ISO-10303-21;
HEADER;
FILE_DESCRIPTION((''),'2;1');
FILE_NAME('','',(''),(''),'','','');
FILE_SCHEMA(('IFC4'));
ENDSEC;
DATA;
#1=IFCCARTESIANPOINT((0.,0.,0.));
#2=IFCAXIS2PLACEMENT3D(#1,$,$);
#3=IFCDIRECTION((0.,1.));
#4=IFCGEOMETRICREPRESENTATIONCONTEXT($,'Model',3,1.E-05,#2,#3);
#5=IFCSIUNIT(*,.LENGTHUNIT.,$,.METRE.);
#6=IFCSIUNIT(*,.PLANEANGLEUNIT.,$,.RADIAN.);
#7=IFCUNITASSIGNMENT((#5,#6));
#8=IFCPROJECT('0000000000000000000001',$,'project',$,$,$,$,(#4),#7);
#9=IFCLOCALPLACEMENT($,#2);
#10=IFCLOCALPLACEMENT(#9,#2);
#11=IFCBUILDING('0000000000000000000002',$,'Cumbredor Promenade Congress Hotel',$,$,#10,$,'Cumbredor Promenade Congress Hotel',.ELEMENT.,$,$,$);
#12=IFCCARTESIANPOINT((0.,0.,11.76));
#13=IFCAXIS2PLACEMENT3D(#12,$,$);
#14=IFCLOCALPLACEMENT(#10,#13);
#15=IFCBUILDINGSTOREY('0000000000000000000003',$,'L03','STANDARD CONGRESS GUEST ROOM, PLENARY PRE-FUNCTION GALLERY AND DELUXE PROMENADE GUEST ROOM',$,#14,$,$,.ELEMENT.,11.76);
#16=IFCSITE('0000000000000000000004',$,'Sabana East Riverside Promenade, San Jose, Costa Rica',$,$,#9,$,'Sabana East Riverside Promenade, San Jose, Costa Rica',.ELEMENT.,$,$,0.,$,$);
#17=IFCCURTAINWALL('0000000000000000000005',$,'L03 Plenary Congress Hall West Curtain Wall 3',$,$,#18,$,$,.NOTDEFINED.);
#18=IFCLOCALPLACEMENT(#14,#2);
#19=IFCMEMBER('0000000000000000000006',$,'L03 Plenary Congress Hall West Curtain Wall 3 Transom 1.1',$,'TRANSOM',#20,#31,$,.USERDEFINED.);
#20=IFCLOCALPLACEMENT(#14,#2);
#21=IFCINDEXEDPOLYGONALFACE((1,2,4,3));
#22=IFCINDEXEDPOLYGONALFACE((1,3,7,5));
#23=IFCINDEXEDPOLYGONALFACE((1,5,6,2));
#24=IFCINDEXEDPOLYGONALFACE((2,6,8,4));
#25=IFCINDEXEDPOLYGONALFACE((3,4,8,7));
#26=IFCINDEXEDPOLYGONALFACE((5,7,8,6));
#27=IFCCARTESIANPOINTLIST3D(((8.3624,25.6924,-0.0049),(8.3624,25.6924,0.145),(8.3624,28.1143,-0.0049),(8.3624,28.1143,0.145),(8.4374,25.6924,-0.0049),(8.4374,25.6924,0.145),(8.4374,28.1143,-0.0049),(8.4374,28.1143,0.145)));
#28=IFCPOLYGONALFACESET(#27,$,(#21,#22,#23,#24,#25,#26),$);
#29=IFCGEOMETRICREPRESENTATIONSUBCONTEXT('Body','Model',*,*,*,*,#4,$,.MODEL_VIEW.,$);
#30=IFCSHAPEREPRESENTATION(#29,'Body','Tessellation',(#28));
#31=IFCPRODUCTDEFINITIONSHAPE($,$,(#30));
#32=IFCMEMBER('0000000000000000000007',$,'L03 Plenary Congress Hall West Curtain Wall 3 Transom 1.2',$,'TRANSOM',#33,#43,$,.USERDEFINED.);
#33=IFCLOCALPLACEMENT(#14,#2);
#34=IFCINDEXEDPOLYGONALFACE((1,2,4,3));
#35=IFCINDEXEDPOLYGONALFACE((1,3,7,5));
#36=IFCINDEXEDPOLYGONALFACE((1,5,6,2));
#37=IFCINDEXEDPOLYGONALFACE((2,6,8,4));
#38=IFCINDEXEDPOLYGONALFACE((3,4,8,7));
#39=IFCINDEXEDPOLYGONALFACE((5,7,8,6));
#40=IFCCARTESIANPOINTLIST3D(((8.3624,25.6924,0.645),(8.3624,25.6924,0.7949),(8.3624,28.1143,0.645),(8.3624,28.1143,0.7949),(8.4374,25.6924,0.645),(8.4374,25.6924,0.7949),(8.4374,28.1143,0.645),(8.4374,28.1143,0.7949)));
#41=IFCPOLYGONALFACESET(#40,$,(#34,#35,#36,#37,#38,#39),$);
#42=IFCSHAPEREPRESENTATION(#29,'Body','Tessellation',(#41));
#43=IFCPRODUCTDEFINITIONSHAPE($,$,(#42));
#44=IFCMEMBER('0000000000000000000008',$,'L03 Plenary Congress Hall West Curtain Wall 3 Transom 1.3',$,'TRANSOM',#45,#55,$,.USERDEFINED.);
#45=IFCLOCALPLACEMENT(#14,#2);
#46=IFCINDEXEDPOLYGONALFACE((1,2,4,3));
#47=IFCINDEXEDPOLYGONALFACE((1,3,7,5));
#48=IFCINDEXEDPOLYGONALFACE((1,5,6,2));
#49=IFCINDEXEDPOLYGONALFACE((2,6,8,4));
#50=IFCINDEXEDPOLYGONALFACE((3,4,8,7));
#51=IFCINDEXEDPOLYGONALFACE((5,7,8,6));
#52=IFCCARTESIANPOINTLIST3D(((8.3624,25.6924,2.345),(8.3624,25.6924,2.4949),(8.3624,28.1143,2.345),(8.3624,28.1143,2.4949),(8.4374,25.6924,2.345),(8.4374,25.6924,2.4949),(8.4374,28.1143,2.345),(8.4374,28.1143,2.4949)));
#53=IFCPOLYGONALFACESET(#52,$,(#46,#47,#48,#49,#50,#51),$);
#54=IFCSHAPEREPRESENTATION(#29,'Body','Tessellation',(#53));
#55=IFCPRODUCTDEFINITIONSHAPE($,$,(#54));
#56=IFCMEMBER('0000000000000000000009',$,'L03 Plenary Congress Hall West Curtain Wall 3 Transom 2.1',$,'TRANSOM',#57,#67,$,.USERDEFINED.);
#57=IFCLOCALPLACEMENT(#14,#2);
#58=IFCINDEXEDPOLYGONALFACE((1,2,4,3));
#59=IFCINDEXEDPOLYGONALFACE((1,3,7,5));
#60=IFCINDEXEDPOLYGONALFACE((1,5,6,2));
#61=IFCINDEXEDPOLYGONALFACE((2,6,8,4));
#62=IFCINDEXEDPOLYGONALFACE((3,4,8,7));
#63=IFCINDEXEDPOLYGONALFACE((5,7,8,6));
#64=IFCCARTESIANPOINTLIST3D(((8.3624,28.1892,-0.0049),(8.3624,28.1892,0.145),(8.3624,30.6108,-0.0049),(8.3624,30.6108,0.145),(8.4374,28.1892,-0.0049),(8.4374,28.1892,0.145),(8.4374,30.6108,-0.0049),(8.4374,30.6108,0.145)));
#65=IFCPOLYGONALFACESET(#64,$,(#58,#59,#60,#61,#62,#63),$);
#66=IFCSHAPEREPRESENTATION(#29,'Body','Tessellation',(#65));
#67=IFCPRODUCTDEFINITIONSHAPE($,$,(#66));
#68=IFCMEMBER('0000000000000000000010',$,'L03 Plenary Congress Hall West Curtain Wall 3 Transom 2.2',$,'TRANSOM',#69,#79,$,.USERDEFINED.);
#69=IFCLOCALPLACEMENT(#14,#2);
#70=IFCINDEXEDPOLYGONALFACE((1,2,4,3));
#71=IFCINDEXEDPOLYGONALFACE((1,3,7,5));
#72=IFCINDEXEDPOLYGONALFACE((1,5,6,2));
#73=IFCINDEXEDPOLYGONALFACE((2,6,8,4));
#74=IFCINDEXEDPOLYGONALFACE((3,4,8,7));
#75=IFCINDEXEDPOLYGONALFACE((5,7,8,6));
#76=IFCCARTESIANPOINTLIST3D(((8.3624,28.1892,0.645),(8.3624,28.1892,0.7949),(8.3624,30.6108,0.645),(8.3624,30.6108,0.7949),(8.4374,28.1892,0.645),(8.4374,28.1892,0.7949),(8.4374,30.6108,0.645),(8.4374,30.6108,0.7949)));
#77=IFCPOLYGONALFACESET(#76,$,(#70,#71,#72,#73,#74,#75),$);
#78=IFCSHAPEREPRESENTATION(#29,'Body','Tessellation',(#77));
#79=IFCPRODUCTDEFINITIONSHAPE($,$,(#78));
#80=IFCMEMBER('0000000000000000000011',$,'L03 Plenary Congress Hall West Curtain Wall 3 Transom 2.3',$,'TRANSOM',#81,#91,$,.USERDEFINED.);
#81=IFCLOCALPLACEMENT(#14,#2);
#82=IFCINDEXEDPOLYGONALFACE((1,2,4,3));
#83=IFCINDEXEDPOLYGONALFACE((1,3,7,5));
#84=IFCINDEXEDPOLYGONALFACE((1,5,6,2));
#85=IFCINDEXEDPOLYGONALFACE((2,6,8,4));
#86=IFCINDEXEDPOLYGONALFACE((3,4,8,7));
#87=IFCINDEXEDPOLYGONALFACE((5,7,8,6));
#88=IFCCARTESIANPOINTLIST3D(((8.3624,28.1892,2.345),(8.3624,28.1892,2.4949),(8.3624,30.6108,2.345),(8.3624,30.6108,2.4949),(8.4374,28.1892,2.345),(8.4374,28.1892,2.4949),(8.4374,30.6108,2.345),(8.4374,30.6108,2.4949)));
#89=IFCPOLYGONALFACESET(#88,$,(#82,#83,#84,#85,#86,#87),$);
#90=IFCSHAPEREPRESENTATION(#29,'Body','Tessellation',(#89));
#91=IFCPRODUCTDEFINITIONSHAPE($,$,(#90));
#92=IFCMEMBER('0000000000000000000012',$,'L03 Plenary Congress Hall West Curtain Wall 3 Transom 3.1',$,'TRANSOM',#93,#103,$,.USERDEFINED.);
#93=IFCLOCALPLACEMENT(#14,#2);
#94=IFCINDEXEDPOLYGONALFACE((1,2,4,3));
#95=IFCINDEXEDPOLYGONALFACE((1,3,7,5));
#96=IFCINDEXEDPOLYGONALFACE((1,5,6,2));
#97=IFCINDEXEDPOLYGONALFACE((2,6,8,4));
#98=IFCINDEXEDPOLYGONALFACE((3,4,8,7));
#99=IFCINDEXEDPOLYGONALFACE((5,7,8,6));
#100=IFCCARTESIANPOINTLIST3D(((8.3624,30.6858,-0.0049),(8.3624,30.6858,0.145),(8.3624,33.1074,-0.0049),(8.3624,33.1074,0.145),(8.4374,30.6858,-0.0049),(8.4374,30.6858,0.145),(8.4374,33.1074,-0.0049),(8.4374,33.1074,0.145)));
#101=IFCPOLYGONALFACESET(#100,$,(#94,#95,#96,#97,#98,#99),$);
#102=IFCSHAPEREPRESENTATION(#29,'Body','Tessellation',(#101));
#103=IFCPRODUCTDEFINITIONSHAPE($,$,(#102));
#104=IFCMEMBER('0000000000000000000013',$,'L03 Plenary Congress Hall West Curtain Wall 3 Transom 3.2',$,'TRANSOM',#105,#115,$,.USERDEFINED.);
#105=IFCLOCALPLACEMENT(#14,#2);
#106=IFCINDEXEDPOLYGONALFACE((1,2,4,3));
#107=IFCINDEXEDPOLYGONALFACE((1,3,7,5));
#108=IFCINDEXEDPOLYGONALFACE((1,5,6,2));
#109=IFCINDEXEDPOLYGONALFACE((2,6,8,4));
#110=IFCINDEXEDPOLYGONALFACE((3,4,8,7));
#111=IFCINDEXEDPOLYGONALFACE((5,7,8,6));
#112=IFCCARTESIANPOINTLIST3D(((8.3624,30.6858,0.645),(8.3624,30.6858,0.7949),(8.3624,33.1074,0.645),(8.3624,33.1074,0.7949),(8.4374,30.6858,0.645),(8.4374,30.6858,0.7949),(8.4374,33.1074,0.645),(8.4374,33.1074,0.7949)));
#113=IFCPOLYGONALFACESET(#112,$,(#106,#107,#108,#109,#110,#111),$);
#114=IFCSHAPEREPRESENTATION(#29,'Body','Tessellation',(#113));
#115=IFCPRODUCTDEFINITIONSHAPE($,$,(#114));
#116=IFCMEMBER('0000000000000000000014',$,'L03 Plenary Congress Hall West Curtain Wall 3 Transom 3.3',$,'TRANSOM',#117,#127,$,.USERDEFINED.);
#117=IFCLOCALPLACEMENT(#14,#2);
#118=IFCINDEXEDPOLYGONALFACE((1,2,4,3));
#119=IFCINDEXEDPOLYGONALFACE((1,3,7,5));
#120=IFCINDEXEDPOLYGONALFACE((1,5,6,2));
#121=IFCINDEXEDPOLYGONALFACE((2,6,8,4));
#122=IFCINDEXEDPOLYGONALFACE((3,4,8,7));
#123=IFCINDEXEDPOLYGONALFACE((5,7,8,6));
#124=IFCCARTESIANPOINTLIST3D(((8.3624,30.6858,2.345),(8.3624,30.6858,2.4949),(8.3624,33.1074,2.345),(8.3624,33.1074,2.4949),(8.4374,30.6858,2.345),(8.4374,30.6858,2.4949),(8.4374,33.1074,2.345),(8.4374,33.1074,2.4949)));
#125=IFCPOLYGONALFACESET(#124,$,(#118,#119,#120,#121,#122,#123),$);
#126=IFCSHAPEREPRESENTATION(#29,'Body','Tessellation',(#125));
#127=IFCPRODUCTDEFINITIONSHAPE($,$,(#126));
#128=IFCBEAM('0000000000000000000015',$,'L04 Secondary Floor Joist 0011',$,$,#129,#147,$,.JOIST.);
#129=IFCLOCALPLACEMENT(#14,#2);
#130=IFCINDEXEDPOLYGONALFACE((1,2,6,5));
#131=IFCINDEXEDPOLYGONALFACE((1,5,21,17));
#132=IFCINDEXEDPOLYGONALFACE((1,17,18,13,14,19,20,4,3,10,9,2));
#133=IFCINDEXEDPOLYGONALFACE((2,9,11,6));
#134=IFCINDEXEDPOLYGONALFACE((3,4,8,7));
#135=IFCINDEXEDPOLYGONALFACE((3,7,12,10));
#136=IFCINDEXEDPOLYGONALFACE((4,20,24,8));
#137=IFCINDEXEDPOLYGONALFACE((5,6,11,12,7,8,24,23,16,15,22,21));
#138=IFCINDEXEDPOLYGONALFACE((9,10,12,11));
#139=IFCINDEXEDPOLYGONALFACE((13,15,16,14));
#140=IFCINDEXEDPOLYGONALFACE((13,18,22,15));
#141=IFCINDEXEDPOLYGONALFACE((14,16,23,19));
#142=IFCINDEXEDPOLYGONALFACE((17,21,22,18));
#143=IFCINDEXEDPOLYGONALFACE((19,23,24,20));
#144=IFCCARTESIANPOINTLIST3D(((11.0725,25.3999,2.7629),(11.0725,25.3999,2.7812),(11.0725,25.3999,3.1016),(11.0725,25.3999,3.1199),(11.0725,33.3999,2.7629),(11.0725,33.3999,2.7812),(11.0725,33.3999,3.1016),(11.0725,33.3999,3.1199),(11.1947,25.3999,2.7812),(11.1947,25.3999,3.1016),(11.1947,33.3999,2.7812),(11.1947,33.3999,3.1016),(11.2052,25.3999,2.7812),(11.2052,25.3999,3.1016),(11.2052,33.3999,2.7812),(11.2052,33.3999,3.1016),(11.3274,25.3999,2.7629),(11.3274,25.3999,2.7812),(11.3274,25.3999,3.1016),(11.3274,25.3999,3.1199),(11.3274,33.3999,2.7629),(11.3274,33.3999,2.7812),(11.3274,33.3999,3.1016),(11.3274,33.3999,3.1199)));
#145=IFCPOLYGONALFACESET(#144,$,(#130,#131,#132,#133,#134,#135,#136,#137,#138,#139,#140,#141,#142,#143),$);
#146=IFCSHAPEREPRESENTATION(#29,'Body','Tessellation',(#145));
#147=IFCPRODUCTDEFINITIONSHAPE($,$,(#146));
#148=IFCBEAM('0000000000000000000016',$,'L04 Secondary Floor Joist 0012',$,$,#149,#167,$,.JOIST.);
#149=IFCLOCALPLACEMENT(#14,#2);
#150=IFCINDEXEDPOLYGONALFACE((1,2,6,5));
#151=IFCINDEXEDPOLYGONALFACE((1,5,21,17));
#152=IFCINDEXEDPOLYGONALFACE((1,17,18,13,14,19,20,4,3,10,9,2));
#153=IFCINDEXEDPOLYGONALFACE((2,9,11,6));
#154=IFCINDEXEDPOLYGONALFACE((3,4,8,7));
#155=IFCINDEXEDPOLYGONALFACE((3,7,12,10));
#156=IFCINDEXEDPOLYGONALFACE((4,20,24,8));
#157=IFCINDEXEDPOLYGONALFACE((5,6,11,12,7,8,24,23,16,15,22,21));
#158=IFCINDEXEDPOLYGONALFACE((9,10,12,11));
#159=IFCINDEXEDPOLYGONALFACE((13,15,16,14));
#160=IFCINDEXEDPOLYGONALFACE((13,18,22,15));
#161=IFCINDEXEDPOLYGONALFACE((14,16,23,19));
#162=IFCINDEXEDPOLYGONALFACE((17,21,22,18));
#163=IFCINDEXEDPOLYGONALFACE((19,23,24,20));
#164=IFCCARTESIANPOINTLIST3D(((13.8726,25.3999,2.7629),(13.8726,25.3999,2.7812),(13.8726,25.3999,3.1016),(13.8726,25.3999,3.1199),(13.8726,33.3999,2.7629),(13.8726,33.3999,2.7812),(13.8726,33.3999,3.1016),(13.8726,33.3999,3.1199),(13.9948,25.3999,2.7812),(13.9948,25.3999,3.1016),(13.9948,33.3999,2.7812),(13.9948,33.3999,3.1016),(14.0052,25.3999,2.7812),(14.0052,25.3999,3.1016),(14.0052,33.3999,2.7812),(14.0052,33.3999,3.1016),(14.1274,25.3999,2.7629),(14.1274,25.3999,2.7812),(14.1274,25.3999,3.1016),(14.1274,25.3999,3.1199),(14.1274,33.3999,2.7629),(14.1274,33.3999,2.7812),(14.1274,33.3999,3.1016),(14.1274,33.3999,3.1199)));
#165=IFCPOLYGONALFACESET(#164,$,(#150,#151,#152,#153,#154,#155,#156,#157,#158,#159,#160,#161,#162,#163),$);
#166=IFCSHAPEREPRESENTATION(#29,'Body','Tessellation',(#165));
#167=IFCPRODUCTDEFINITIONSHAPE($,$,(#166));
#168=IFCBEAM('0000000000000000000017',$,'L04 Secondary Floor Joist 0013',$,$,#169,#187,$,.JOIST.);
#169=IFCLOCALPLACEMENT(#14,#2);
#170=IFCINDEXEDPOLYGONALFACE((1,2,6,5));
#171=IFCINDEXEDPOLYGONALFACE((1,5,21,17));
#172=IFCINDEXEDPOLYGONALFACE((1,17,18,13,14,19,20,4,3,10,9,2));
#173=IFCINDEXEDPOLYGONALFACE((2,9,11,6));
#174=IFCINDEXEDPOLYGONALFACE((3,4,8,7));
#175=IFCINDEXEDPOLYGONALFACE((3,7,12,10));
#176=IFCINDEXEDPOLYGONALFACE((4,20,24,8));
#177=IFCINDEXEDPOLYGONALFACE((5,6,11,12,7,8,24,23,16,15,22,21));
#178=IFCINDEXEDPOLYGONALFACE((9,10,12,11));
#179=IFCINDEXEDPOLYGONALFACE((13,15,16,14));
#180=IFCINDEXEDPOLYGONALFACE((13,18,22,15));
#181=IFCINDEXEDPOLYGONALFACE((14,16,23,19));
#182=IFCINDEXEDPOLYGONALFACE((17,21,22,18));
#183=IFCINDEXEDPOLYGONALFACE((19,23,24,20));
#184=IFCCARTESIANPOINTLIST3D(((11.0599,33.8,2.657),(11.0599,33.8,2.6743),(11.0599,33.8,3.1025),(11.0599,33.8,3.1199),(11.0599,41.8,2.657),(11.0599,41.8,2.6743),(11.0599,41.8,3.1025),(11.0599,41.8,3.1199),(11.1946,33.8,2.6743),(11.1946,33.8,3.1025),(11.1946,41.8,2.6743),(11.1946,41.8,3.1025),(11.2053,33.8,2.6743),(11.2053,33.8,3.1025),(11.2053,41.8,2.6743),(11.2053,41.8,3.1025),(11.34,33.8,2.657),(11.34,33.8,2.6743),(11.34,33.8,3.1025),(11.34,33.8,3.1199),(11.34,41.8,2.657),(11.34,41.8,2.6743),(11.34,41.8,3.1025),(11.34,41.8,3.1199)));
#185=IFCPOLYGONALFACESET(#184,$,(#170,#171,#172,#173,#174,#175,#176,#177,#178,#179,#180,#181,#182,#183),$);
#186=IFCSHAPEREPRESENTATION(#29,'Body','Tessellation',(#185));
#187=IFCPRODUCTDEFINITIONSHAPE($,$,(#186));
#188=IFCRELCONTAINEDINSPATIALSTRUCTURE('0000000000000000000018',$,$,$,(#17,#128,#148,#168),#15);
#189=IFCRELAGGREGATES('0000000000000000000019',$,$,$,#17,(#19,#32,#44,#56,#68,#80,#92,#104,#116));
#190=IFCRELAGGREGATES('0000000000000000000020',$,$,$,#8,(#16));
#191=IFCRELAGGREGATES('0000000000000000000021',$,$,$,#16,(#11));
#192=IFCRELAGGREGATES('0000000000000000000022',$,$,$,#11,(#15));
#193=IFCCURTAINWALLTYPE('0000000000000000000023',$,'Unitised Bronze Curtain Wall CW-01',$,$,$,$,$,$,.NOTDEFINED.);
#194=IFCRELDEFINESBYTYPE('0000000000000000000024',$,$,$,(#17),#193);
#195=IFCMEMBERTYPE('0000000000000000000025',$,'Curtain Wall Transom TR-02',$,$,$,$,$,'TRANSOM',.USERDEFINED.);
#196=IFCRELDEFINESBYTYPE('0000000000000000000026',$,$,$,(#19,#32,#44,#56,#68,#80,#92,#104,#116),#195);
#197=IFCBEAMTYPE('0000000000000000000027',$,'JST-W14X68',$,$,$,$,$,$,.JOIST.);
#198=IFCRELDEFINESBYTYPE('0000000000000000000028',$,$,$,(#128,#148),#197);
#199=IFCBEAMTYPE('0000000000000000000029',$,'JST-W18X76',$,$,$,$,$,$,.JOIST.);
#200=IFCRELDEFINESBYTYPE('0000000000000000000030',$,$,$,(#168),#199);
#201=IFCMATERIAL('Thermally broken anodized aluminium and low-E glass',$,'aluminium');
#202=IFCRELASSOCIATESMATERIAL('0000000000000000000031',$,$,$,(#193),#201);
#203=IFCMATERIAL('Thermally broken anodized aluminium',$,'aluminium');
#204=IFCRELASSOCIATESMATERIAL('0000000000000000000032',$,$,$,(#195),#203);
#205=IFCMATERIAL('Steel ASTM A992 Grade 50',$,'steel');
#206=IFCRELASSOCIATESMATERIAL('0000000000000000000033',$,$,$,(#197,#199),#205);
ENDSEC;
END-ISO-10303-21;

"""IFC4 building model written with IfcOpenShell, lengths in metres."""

from ifc_helpers import new_model, si_unit, direction, frame, origin, origin_2d, place, context, subcontext, project, spatial, rectangle, i_section, extrude, material, material_profile, profile_set, type_object, element, aggregate, save


model = new_model("IFC4")

# Units and contexts
model_context = context("Model", 3, precision=1e-05, world=origin(), true_north=direction((0.0, 1.0)))
body_context = subcontext(model_context, "Body", "Model", "MODEL_VIEW")
ifc_project = project(units=[si_unit("LENGTHUNIT", "METRE"), si_unit("PLANEANGLEUNIT", "RADIAN")], contexts=[model_context])

# Site, building, storey
site_placement = place(None, origin())
site = spatial("IfcSite", under=ifc_project, at=site_placement, Name="Sabana East Riverside Promenade, San Jose, Costa Rica", LongName="Sabana East Riverside Promenade, San Jose, Costa Rica", CompositionType="ELEMENT", RefElevation=0.0)
building_placement = place(site_placement, origin())
building = spatial("IfcBuilding", under=site, at=building_placement, Name="Cumbredor Promenade Congress Hotel", LongName="Cumbredor Promenade Congress Hotel", CompositionType="ELEMENT")
storey_placement = place(building_placement, frame((0.0, 0.0, 11.76)))
storey = spatial("IfcBuildingStorey", under=building, at=storey_placement, Name="L03", Description="STANDARD CONGRESS GUEST ROOM, PLENARY PRE-FUNCTION GALLERY AND DELUXE PROMENADE GUEST ROOM", CompositionType="ELEMENT", Elevation=11.76)

# Curtain wall
ifc_material_1 = material(Name="Thermally broken anodized aluminium and low-E glass", Category="aluminium")
curtain_wall_type = type_object("IfcCurtainWallType", Name="Unitised Bronze Curtain Wall CW-01", PredefinedType="NOTDEFINED", material=ifc_material_1)
ifc_material_2 = material(Name="Thermally broken anodized aluminium", Category="aluminium")
curtain_wall_1_placement = place(storey_placement, origin())
curtain_wall_1 = element("IfcCurtainWall", 1, at=curtain_wall_1_placement, inside=storey, type_object=curtain_wall_type, Name="L03 Plenary Congress Hall West Curtain Wall 3", PredefinedType="NOTDEFINED")

# Members
ifc_material_profile_1 = material_profile(ifc_material_2, rectangle(XDim=0.075, YDim=0.1499, at=origin_2d()), Name="ALU TRANSOM 75x150")
ifc_profile_set_1 = profile_set([ifc_material_profile_1], Name="Thermally broken anodized aluminium")
member_type_1 = type_object("IfcMemberType", Name="Curtain Wall Transom TR-02", ElementType="TRANSOM", PredefinedType="USERDEFINED", material=ifc_profile_set_1)
member_1_placement = place(storey_placement, frame((8.3999, 25.6924, 0.0701), z_axis=(0.0, 1.0, 0.0), x_axis=(-1.0, 0.0, 0.0)))
member_1 = element("IfcMember", 2, at=member_1_placement, type_object=member_type_1, Name="L03 Plenary Congress Hall West Curtain Wall 3 Transom 1.1", ObjectType="TRANSOM", PredefinedType="USERDEFINED", context=body_context, shape_type="SweptSolid", body=[
    extrude(rectangle(XDim=0.075, YDim=0.1499, at=origin_2d()), origin(), (0.0, 0.0, 1.0), 2.4219),
])
member_2_placement = place(storey_placement, frame((8.3999, 25.6924, 0.72), z_axis=(0.0, 1.0, 0.0), x_axis=(-1.0, 0.0, 0.0)))
member_2 = element("IfcMember", 3, at=member_2_placement, type_object=member_type_1, Name="L03 Plenary Congress Hall West Curtain Wall 3 Transom 1.2", ObjectType="TRANSOM", PredefinedType="USERDEFINED", context=body_context, shape_type="SweptSolid", body=[
    extrude(rectangle(XDim=0.075, YDim=0.1499, at=origin_2d()), origin(), (0.0, 0.0, 1.0), 2.4219),
])
member_3_placement = place(storey_placement, frame((8.3999, 25.6924, 2.4199), z_axis=(0.0, 1.0, 0.0), x_axis=(-1.0, 0.0, 0.0)))
member_3 = element("IfcMember", 4, at=member_3_placement, type_object=member_type_1, Name="L03 Plenary Congress Hall West Curtain Wall 3 Transom 1.3", ObjectType="TRANSOM", PredefinedType="USERDEFINED", context=body_context, shape_type="SweptSolid", body=[
    extrude(rectangle(XDim=0.075, YDim=0.1499, at=origin_2d()), origin(), (0.0, 0.0, 1.0), 2.4219),
])
member_4_placement = place(storey_placement, frame((8.3999, 28.1892, 0.0701), z_axis=(0.0, 1.0, 0.0), x_axis=(-1.0, 0.0, 0.0)))
member_4 = element("IfcMember", 5, at=member_4_placement, type_object=member_type_1, Name="L03 Plenary Congress Hall West Curtain Wall 3 Transom 2.1", ObjectType="TRANSOM", PredefinedType="USERDEFINED", context=body_context, shape_type="SweptSolid", body=[
    extrude(rectangle(XDim=0.075, YDim=0.1499, at=origin_2d()), origin(), (0.0, 0.0, 1.0), 2.4216),
])
member_5_placement = place(storey_placement, frame((8.3999, 28.1892, 0.72), z_axis=(0.0, 1.0, 0.0), x_axis=(-1.0, 0.0, 0.0)))
member_5 = element("IfcMember", 6, at=member_5_placement, type_object=member_type_1, Name="L03 Plenary Congress Hall West Curtain Wall 3 Transom 2.2", ObjectType="TRANSOM", PredefinedType="USERDEFINED", context=body_context, shape_type="SweptSolid", body=[
    extrude(rectangle(XDim=0.075, YDim=0.1499, at=origin_2d()), origin(), (0.0, 0.0, 1.0), 2.4216),
])
member_6_placement = place(storey_placement, frame((8.3999, 28.1892, 2.4199), z_axis=(0.0, 1.0, 0.0), x_axis=(-1.0, 0.0, 0.0)))
member_6 = element("IfcMember", 7, at=member_6_placement, type_object=member_type_1, Name="L03 Plenary Congress Hall West Curtain Wall 3 Transom 2.3", ObjectType="TRANSOM", PredefinedType="USERDEFINED", context=body_context, shape_type="SweptSolid", body=[
    extrude(rectangle(XDim=0.075, YDim=0.1499, at=origin_2d()), origin(), (0.0, 0.0, 1.0), 2.4216),
])
member_7_placement = place(storey_placement, frame((8.3999, 30.6858, 0.0701), z_axis=(0.0, 1.0, 0.0), x_axis=(-1.0, 0.0, 0.0)))
member_7 = element("IfcMember", 8, at=member_7_placement, type_object=member_type_1, Name="L03 Plenary Congress Hall West Curtain Wall 3 Transom 3.1", ObjectType="TRANSOM", PredefinedType="USERDEFINED", context=body_context, shape_type="SweptSolid", body=[
    extrude(rectangle(XDim=0.075, YDim=0.1499, at=origin_2d()), origin(), (0.0, 0.0, 1.0), 2.4216),
])
member_8_placement = place(storey_placement, frame((8.3999, 30.6858, 0.72), z_axis=(0.0, 1.0, 0.0), x_axis=(-1.0, 0.0, 0.0)))
member_8 = element("IfcMember", 9, at=member_8_placement, type_object=member_type_1, Name="L03 Plenary Congress Hall West Curtain Wall 3 Transom 3.2", ObjectType="TRANSOM", PredefinedType="USERDEFINED", context=body_context, shape_type="SweptSolid", body=[
    extrude(rectangle(XDim=0.075, YDim=0.1499, at=origin_2d()), origin(), (0.0, 0.0, 1.0), 2.4216),
])
member_9_placement = place(storey_placement, frame((8.3999, 30.6858, 2.4199), z_axis=(0.0, 1.0, 0.0), x_axis=(-1.0, 0.0, 0.0)))
member_9 = element("IfcMember", 10, at=member_9_placement, type_object=member_type_1, Name="L03 Plenary Congress Hall West Curtain Wall 3 Transom 3.3", ObjectType="TRANSOM", PredefinedType="USERDEFINED", context=body_context, shape_type="SweptSolid", body=[
    extrude(rectangle(XDim=0.075, YDim=0.1499, at=origin_2d()), origin(), (0.0, 0.0, 1.0), 2.4216),
])

# Beams
ifc_material_3 = material(Name="Steel ASTM A992 Grade 50", Category="steel")
ifc_material_profile_2 = material_profile(ifc_material_3, i_section(OverallWidth=0.2549, OverallDepth=0.3569, WebThickness=0.0105, FlangeThickness=0.0183, at=origin_2d()), Name="W14X68")
ifc_profile_set_2 = profile_set([ifc_material_profile_2], Name="Steel ASTM A992 Grade 50")
beam_type_1 = type_object("IfcBeamType", Name="JST-W14X68", PredefinedType="JOIST", material=ifc_profile_set_2)
for number, where, z_axis, x_axis, name in (
    (11, (11.2, 25.3999, 2.9414), (0.0, 1.0, 0.0), (-1.0, 0.0, 0.0), "L04 Secondary Floor Joist 0011"),
    (12, (14.0, 25.3999, 2.9414), (0.0, 1.0, 0.0), (-1.0, 0.0, 0.0), "L04 Secondary Floor Joist 0012"),
):
    element("IfcBeam", number, at=place(storey_placement, frame(where, z_axis=z_axis, x_axis=x_axis)), inside=storey, type_object=beam_type_1, Name=name, PredefinedType="JOIST", context=body_context, shape_type="SweptSolid", body=[
        extrude(i_section(OverallWidth=0.2549, OverallDepth=0.3569, WebThickness=0.0105, FlangeThickness=0.0183, at=origin_2d()), origin(), (0.0, 0.0, 1.0), 8.0),
    ])
ifc_material_profile_3 = material_profile(ifc_material_3, i_section(OverallWidth=0.28, OverallDepth=0.4629, WebThickness=0.0107, FlangeThickness=0.0173, at=origin_2d()), Name="W18X76")
ifc_profile_set_3 = profile_set([ifc_material_profile_3], Name="Steel ASTM A992 Grade 50")
beam_type_2 = type_object("IfcBeamType", Name="JST-W18X76", PredefinedType="JOIST", material=ifc_profile_set_3)
for number, where, z_axis, x_axis, name in (
    (13, (11.2, 33.8, 2.8884), (0.0, 1.0, 0.0), (-1.0, 0.0, 0.0), "L04 Secondary Floor Joist 0013"),
):
    element("IfcBeam", number, at=place(storey_placement, frame(where, z_axis=z_axis, x_axis=x_axis)), inside=storey, type_object=beam_type_2, Name=name, PredefinedType="JOIST", context=body_context, shape_type="SweptSolid", body=[
        extrude(i_section(OverallWidth=0.28, OverallDepth=0.4629, WebThickness=0.0107, FlangeThickness=0.0173, at=origin_2d()), origin(), (0.0, 0.0, 1.0), 8.0),
    ])

aggregate(curtain_wall_1, [member_1, member_2, member_3, member_4, member_5, member_6, member_7, member_8, member_9])

save(model, "model.ifc")
